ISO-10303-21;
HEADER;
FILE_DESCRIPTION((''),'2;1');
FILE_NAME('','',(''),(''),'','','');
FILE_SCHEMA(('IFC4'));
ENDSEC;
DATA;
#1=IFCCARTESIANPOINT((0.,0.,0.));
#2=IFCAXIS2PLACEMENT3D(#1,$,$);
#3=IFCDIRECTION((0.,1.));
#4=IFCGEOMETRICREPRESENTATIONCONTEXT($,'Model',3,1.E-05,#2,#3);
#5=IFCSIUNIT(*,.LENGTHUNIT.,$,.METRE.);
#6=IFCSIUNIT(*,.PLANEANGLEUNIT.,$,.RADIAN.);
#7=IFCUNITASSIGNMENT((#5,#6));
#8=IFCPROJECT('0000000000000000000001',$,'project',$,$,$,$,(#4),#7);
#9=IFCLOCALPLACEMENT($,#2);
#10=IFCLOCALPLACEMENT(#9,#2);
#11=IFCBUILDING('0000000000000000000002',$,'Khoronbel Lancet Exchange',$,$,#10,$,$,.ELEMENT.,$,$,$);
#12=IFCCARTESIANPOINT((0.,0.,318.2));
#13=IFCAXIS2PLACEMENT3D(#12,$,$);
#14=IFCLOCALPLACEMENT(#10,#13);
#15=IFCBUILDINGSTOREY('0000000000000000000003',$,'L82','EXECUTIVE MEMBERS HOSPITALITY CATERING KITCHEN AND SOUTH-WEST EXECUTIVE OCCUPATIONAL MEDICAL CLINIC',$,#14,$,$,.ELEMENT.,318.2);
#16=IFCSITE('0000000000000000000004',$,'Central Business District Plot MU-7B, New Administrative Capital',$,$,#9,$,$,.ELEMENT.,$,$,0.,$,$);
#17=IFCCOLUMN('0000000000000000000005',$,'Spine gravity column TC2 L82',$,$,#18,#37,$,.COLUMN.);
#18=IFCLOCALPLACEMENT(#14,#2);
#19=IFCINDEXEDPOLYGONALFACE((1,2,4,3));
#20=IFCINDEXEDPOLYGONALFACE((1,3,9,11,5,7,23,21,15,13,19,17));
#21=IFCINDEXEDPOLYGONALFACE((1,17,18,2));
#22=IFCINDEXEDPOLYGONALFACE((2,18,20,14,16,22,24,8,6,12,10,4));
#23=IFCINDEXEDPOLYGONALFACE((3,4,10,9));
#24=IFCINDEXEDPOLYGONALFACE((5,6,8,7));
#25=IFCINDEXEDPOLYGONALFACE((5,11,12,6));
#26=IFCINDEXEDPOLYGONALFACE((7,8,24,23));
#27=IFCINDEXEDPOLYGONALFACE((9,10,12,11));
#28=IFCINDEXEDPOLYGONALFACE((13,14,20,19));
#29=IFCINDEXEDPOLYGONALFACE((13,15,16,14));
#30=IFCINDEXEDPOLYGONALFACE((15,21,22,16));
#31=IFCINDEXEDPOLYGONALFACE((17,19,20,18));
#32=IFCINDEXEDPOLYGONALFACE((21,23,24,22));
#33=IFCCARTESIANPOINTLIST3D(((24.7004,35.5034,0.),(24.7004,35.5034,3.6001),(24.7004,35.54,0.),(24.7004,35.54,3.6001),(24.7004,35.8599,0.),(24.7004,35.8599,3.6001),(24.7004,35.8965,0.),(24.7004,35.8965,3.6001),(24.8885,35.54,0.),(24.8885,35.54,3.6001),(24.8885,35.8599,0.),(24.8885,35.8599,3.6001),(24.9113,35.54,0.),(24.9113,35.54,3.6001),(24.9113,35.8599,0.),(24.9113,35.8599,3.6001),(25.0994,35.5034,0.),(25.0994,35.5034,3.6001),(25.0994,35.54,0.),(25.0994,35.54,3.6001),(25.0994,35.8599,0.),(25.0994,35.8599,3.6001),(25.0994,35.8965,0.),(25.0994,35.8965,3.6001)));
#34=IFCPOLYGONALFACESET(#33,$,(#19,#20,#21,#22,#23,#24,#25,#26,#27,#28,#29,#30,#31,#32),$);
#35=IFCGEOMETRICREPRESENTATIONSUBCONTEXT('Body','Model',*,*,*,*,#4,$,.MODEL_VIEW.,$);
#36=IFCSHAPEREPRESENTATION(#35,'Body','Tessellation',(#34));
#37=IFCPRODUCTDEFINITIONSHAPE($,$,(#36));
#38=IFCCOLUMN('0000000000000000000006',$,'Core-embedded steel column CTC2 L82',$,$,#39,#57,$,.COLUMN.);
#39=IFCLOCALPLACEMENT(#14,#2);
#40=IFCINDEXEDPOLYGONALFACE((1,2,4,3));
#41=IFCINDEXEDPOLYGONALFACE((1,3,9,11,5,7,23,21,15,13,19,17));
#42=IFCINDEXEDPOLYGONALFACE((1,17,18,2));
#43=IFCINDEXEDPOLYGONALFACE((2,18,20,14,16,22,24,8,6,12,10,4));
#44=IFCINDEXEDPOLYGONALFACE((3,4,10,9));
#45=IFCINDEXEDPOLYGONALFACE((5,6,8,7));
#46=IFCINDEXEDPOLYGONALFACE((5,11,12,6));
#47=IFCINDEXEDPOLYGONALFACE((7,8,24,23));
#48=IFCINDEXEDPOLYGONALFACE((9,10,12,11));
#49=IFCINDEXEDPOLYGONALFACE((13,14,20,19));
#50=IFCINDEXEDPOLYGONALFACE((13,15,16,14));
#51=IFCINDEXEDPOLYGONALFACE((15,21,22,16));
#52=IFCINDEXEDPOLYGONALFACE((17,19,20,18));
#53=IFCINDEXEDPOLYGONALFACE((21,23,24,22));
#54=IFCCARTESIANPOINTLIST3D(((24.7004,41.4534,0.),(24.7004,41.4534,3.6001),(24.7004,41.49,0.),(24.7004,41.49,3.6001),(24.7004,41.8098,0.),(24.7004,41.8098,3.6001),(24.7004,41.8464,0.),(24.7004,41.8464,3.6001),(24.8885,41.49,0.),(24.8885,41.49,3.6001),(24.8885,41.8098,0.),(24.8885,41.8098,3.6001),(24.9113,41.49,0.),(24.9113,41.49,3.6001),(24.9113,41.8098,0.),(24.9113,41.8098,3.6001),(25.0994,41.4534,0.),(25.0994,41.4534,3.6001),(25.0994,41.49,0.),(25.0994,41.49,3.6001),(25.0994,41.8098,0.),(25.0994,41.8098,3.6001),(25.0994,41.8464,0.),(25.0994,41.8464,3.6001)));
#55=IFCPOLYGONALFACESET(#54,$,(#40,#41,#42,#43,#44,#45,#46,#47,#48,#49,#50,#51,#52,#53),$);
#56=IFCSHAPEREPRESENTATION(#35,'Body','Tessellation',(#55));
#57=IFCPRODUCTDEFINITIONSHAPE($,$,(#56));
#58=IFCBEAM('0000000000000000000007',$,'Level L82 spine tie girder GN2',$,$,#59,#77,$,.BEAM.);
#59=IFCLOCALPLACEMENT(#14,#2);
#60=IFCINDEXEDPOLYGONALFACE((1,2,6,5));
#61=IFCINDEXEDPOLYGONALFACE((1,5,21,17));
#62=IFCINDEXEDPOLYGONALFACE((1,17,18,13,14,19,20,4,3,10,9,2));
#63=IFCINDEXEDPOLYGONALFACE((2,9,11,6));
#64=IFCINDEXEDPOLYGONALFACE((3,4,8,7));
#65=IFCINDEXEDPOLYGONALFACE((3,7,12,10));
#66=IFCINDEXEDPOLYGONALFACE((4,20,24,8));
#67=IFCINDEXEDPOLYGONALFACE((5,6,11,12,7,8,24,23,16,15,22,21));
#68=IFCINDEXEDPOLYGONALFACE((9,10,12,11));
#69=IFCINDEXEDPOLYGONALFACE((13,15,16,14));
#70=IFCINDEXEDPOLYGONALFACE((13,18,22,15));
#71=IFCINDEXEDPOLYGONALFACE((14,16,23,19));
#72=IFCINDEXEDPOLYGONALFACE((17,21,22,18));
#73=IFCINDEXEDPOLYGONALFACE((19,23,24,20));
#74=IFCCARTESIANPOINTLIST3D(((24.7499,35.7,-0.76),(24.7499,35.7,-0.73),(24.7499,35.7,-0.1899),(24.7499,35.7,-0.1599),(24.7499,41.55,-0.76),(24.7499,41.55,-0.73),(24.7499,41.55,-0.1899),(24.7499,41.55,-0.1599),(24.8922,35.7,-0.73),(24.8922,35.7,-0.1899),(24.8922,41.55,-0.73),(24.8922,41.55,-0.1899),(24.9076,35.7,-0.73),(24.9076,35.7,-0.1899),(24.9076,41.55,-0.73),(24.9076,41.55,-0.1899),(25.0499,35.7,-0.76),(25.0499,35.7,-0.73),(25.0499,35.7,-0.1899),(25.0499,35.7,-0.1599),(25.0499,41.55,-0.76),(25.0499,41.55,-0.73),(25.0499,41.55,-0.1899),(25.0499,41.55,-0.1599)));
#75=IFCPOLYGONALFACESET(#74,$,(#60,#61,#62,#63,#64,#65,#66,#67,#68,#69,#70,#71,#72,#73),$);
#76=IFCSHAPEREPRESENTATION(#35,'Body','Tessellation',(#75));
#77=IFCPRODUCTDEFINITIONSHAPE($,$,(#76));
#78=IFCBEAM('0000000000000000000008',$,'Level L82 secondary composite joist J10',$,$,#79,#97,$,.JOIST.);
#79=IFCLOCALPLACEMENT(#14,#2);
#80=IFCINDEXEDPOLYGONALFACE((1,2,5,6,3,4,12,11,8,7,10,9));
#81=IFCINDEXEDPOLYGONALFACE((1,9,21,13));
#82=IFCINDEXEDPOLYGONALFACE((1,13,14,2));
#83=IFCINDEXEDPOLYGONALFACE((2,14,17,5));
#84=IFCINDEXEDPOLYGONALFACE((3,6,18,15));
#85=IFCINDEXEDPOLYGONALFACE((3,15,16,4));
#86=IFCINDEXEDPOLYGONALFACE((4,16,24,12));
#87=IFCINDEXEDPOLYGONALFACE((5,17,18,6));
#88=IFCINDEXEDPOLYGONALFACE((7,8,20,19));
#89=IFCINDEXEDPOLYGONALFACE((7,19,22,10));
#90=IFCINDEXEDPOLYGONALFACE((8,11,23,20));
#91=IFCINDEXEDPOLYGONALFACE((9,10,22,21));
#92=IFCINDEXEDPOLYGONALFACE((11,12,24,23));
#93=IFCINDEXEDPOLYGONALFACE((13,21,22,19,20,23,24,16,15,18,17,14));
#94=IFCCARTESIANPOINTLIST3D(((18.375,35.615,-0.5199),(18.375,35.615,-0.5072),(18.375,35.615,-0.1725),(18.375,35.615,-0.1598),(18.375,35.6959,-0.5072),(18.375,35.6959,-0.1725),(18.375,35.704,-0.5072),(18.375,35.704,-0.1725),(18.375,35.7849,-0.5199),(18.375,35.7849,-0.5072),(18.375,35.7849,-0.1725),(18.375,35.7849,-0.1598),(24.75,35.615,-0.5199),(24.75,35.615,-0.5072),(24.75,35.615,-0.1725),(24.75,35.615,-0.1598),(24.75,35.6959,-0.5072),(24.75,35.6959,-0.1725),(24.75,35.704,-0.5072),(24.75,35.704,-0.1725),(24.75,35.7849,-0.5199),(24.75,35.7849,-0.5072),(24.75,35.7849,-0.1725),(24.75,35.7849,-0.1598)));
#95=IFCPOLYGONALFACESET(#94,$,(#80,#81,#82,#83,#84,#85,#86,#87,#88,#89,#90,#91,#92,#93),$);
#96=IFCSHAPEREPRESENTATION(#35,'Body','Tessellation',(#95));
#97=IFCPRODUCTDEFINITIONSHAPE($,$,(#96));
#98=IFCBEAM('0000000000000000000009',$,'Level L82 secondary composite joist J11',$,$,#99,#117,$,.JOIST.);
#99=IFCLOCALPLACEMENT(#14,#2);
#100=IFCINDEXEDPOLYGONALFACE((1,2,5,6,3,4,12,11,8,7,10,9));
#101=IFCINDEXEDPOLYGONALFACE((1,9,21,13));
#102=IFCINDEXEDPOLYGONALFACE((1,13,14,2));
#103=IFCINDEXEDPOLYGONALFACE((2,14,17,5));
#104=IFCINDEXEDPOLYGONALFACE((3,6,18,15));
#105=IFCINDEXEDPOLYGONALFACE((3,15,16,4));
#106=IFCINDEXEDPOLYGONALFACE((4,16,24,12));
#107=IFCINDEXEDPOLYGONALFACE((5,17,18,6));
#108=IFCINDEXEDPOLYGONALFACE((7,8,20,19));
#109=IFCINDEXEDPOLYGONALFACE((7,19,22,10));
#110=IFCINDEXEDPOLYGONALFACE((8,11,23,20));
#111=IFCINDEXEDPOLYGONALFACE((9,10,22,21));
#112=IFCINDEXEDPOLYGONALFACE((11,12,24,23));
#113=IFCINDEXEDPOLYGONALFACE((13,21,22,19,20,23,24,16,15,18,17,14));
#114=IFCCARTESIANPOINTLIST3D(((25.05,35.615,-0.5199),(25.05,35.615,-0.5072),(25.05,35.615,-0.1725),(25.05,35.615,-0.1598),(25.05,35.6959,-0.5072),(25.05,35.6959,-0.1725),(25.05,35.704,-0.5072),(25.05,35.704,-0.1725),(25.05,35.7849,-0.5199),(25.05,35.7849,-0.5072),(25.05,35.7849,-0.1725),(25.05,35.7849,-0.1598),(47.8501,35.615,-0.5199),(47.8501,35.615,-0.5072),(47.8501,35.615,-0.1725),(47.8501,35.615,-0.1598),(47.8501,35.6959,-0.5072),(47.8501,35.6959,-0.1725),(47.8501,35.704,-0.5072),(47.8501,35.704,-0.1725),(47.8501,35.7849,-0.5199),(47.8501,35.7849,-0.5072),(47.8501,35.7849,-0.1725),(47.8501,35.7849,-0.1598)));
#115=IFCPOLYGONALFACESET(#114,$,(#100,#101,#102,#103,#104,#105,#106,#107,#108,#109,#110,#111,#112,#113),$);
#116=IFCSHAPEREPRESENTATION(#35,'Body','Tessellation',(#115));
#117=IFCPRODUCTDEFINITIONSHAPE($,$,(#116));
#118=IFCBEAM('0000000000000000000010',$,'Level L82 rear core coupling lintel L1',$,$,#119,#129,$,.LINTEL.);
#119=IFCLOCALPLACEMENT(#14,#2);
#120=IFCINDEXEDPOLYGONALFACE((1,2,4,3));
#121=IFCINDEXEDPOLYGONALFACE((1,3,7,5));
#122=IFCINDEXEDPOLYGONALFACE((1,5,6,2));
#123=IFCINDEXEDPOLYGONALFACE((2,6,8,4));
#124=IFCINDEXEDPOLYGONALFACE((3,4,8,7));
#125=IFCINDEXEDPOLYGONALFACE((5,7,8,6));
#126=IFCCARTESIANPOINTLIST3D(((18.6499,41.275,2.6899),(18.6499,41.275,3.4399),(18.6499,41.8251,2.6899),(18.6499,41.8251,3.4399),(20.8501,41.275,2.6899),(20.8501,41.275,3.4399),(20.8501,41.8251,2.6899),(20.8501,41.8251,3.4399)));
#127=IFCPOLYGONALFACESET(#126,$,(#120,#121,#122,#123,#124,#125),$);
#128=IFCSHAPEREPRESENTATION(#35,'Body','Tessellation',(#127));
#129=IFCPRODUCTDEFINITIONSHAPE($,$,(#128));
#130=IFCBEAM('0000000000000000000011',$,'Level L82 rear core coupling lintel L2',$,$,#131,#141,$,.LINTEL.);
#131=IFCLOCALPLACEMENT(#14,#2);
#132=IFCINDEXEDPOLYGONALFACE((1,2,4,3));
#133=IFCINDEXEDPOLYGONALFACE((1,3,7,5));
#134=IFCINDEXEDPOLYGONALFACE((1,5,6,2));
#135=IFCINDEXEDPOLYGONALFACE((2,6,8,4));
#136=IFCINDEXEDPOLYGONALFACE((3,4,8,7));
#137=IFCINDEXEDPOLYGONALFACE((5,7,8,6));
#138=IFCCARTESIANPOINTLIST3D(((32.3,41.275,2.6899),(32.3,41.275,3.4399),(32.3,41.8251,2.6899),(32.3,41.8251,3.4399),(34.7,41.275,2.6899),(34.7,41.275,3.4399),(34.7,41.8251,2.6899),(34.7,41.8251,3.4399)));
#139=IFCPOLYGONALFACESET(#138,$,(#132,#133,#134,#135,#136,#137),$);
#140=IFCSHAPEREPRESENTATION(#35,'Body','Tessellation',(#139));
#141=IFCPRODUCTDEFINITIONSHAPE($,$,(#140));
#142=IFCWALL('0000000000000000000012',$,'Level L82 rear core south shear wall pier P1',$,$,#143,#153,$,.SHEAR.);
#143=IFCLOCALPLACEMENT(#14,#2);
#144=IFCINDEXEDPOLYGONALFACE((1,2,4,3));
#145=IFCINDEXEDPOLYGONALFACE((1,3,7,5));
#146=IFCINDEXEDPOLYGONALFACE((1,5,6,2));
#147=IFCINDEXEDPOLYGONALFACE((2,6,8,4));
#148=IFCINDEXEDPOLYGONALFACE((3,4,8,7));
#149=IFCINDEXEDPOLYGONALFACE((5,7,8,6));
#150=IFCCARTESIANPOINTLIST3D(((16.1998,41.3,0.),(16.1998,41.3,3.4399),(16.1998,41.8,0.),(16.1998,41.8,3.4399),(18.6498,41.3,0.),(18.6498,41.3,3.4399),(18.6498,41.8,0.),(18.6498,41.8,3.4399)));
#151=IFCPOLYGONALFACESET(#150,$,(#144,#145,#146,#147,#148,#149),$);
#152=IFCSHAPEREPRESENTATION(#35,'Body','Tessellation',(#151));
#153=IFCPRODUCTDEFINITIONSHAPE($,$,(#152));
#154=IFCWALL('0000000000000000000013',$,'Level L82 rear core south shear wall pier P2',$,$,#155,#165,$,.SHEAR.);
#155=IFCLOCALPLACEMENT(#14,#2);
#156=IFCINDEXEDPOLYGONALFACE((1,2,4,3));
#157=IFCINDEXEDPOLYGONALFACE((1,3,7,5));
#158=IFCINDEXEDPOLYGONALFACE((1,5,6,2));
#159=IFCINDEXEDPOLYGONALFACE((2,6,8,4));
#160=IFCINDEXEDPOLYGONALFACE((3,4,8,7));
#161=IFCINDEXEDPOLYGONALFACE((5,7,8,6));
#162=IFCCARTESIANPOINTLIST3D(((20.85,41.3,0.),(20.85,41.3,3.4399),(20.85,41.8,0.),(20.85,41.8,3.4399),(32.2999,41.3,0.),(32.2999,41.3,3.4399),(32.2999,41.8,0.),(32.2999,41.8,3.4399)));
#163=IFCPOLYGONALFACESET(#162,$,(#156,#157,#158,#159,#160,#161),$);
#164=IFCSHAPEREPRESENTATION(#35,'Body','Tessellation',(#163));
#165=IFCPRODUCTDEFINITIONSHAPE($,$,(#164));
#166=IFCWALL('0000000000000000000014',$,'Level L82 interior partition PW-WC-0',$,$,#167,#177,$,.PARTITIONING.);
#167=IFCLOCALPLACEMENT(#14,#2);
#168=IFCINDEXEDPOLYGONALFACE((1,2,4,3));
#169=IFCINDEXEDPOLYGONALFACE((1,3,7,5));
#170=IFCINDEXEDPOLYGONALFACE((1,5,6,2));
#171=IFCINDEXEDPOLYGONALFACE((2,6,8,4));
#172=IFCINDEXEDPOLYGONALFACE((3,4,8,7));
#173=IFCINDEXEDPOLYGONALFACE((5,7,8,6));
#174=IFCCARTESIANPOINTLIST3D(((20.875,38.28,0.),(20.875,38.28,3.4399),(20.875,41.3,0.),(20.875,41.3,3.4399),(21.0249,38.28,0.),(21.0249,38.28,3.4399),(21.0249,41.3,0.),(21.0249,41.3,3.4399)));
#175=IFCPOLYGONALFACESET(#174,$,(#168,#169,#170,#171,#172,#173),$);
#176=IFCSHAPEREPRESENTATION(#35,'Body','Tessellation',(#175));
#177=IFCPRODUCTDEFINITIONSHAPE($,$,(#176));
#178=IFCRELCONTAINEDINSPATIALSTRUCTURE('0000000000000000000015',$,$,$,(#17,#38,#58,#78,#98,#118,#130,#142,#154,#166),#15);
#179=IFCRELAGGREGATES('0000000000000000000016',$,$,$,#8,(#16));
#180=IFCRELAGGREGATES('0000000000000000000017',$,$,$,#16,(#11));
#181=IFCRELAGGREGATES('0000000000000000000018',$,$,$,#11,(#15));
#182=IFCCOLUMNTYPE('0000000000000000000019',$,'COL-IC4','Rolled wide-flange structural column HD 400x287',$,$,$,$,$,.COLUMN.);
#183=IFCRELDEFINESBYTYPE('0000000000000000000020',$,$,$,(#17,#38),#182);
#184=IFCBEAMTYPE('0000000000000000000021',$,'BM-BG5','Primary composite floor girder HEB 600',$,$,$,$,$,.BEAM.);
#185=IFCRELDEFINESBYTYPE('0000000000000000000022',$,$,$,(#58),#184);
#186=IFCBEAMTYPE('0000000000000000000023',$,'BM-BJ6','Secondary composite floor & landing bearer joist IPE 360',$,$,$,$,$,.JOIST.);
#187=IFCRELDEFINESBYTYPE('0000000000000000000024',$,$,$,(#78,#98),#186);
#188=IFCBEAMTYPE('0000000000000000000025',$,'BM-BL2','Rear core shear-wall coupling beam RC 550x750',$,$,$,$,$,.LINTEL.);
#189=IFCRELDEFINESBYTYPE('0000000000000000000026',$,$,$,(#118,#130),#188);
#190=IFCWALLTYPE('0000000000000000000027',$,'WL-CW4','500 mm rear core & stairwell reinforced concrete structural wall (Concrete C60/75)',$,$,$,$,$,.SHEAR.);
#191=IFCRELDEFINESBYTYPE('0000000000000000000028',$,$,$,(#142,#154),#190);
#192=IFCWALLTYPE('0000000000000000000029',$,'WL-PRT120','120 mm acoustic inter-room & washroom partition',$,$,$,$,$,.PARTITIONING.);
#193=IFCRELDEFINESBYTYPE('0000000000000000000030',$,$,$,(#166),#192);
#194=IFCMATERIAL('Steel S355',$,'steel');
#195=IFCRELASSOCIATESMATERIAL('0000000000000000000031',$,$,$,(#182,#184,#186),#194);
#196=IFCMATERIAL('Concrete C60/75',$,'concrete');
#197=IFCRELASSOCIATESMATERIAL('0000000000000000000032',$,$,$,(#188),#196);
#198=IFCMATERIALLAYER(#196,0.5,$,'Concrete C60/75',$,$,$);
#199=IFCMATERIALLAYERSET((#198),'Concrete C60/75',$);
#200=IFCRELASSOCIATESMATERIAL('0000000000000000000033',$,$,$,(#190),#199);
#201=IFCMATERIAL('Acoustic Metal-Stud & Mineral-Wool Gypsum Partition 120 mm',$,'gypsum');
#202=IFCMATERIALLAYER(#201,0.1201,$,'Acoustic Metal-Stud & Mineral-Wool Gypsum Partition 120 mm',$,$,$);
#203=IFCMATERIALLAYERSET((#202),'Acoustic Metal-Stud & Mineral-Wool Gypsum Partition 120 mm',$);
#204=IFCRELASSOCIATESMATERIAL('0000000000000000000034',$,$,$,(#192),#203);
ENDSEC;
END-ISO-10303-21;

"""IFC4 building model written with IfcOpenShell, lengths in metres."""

from ifc_helpers import new_model, si_unit, direction, frame, frame_2d, origin, origin_2d, place, context, subcontext, project, spatial, rectangle, i_section, extrude, material, layer, layer_set, material_profile, profile_set, type_object, element, save


model = new_model("IFC4")

# Units and contexts
model_context = context("Model", 3, precision=1e-05, world=origin(), true_north=direction((0.0, 1.0)))
body_context = subcontext(model_context, "Body", "Model", "MODEL_VIEW")
ifc_project = project(units=[si_unit("LENGTHUNIT", "METRE"), si_unit("PLANEANGLEUNIT", "RADIAN")], contexts=[model_context])

# Site, building, storey
site_placement = place(None, origin())
site = spatial("IfcSite", under=ifc_project, at=site_placement, Name="Central Business District Plot MU-7B, New Administrative Capital", CompositionType="ELEMENT", RefElevation=0.0)
building_placement = place(site_placement, origin())
building = spatial("IfcBuilding", under=site, at=building_placement, Name="Khoronbel Lancet Exchange", CompositionType="ELEMENT")
storey_placement = place(building_placement, frame((0.0, 0.0, 318.2)))
storey = spatial("IfcBuildingStorey", under=building, at=storey_placement, Name="L82", Description="EXECUTIVE MEMBERS HOSPITALITY CATERING KITCHEN AND SOUTH-WEST EXECUTIVE OCCUPATIONAL MEDICAL CLINIC", CompositionType="ELEMENT", Elevation=318.2)

# Columns
ifc_material_1 = material(Name="Steel S355", Category="steel")
ifc_material_profile_1 = material_profile(ifc_material_1, i_section(OverallWidth=0.3989, OverallDepth=0.3931, WebThickness=0.0227, FlangeThickness=0.0366, at=origin_2d()), Name="HD 400x287")
ifc_profile_set_1 = profile_set([ifc_material_profile_1], Name="Steel S355")
column_type = type_object("IfcColumnType", Name="COL-IC4", Description="Rolled wide-flange structural column HD 400x287", PredefinedType="COLUMN", material=ifc_profile_set_1)
for number, where, z_axis, x_axis, name in (
    (1, (24.8999, 35.7, 0.0), (0.0, 0.0, 1.0), (1.0, 0.0, 0.0), "Spine gravity column TC2 L82"),
    (2, (24.8999, 41.6499, 0.0), (0.0, 0.0, 1.0), (1.0, 0.0, 0.0), "Core-embedded steel column CTC2 L82"),
):
    element("IfcColumn", number, at=place(storey_placement, frame(where, z_axis=z_axis, x_axis=x_axis)), inside=storey, type_object=column_type, Name=name, PredefinedType="COLUMN", context=body_context, shape_type="SweptSolid", body=[
        extrude(i_section(OverallWidth=0.3989, OverallDepth=0.3931, WebThickness=0.0227, FlangeThickness=0.0366, at=origin_2d()), origin(), (0.0, 0.0, 1.0), 3.6001),
    ])

# Beams
ifc_material_profile_2 = material_profile(ifc_material_1, i_section(OverallWidth=0.3, OverallDepth=0.6001, WebThickness=0.0154, FlangeThickness=0.03, at=origin_2d()), Name="HEB 600")
ifc_profile_set_2 = profile_set([ifc_material_profile_2], Name="Steel S355")
beam_type_1 = type_object("IfcBeamType", Name="BM-BG5", Description="Primary composite floor girder HEB 600", PredefinedType="BEAM", material=ifc_profile_set_2)
beam_1_placement = place(storey_placement, frame((24.8999, 35.7, -0.46), z_axis=(0.0, 1.0, 0.0), x_axis=(-1.0, 0.0, 0.0)))
element("IfcBeam", 3, at=beam_1_placement, inside=storey, type_object=beam_type_1, Name="Level L82 spine tie girder GN2", PredefinedType="BEAM", context=body_context, shape_type="SweptSolid", body=[
    extrude(i_section(OverallWidth=0.3, OverallDepth=0.6001, WebThickness=0.0154, FlangeThickness=0.03, at=origin_2d()), origin(), (0.0, 0.0, 1.0), 5.8501),
])
ifc_material_profile_3 = material_profile(ifc_material_1, i_section(OverallWidth=0.1699, OverallDepth=0.3601, WebThickness=0.0081, FlangeThickness=0.0127, at=origin_2d()), Name="IPE 360")
ifc_profile_set_3 = profile_set([ifc_material_profile_3], Name="Steel S355")
beam_type_2 = type_object("IfcBeamType", Name="BM-BJ6", Description="Secondary composite floor & landing bearer joist IPE 360", PredefinedType="JOIST", material=ifc_profile_set_3)
beam_2_placement = place(storey_placement, frame((18.375, 35.7, -0.3398), z_axis=(1.0, 0.0, 0.0), x_axis=(0.0, 1.0, 0.0)))
element("IfcBeam", 4, at=beam_2_placement, inside=storey, type_object=beam_type_2, Name="Level L82 secondary composite joist J10", PredefinedType="JOIST", context=body_context, shape_type="SweptSolid", body=[
    extrude(i_section(OverallWidth=0.1699, OverallDepth=0.3601, WebThickness=0.0081, FlangeThickness=0.0127, at=origin_2d()), origin(), (0.0, 0.0, 1.0), 6.375),
])
beam_3_placement = place(storey_placement, frame((25.05, 35.7, -0.3398), z_axis=(1.0, 0.0, 0.0), x_axis=(0.0, 1.0, 0.0)))
element("IfcBeam", 5, at=beam_3_placement, inside=storey, type_object=beam_type_2, Name="Level L82 secondary composite joist J11", PredefinedType="JOIST", context=body_context, shape_type="SweptSolid", body=[
    extrude(i_section(OverallWidth=0.1699, OverallDepth=0.3601, WebThickness=0.0081, FlangeThickness=0.0127, at=origin_2d()), origin(), (0.0, 0.0, 1.0), 22.8),
])
ifc_material_2 = material(Name="Concrete C60/75", Category="concrete")
ifc_material_profile_4 = material_profile(ifc_material_2, rectangle(XDim=0.55, YDim=0.75, at=origin_2d()), Name="RC 550x750")
ifc_profile_set_4 = profile_set([ifc_material_profile_4], Name="Concrete C60/75")
beam_type_3 = type_object("IfcBeamType", Name="BM-BL2", Description="Rear core shear-wall coupling beam RC 550x750", PredefinedType="LINTEL", material=ifc_profile_set_4)
beam_4_placement = place(storey_placement, frame((18.6499, 41.55, 3.0649), z_axis=(1.0, 0.0, 0.0), x_axis=(0.0, 1.0, 0.0)))
element("IfcBeam", 6, at=beam_4_placement, inside=storey, type_object=beam_type_3, Name="Level L82 rear core coupling lintel L1", PredefinedType="LINTEL", context=body_context, shape_type="SweptSolid", body=[
    extrude(rectangle(XDim=0.55, YDim=0.75, at=origin_2d()), origin(), (0.0, 0.0, 1.0), 2.2002),
])
beam_5_placement = place(storey_placement, frame((32.3, 41.55, 3.0649), z_axis=(1.0, 0.0, 0.0), x_axis=(0.0, 1.0, 0.0)))
element("IfcBeam", 7, at=beam_5_placement, inside=storey, type_object=beam_type_3, Name="Level L82 rear core coupling lintel L2", PredefinedType="LINTEL", context=body_context, shape_type="SweptSolid", body=[
    extrude(rectangle(XDim=0.55, YDim=0.75, at=origin_2d()), origin(), (0.0, 0.0, 1.0), 2.3999),
])

# Walls
ifc_layer_1 = layer(ifc_material_2, 0.5, Name="Concrete C60/75")
ifc_layer_set_1 = layer_set([ifc_layer_1], Name="Concrete C60/75")
wall_type_1 = type_object("IfcWallType", Name="WL-CW4", Description="500 mm rear core & stairwell reinforced concrete structural wall (Concrete C60/75)", PredefinedType="SHEAR", material=ifc_layer_set_1)
wall_1_placement = place(storey_placement, frame((18.6499, 41.55, 0.0), z_axis=(0.0, 0.0, 1.0), x_axis=(-1.0, 0.0, 0.0)))
element("IfcWall", 8, at=wall_1_placement, inside=storey, type_object=wall_type_1, Name="Level L82 rear core south shear wall pier P1", PredefinedType="SHEAR", context=body_context, shape_type="SweptSolid", body=[
    extrude(rectangle(XDim=2.45, YDim=0.5, at=frame_2d((1.2251, 0.0))), origin(), (0.0, 0.0, 1.0), 3.4399),
])
wall_2_placement = place(storey_placement, frame((32.3, 41.55, 0.0), z_axis=(0.0, 0.0, 1.0), x_axis=(-1.0, 0.0, 0.0)))
element("IfcWall", 9, at=wall_2_placement, inside=storey, type_object=wall_type_1, Name="Level L82 rear core south shear wall pier P2", PredefinedType="SHEAR", context=body_context, shape_type="SweptSolid", body=[
    extrude(rectangle(XDim=11.45, YDim=0.5, at=frame_2d((5.7251, 0.0))), origin(), (0.0, 0.0, 1.0), 3.4399),
])
ifc_material_3 = material(Name="Acoustic Metal-Stud & Mineral-Wool Gypsum Partition 120 mm", Category="gypsum")
ifc_layer_2 = layer(ifc_material_3, 0.1201, Name="Acoustic Metal-Stud & Mineral-Wool Gypsum Partition 120 mm")
ifc_layer_set_2 = layer_set([ifc_layer_2], Name="Acoustic Metal-Stud & Mineral-Wool Gypsum Partition 120 mm")
wall_type_2 = type_object("IfcWallType", Name="WL-PRT120", Description="120 mm acoustic inter-room & washroom partition", PredefinedType="PARTITIONING", material=ifc_layer_set_2)
wall_3_placement = place(storey_placement, frame((20.95, 38.28, 0.0), z_axis=(0.0, 0.0, 1.0), x_axis=(0.0, 1.0, 0.0)))
element("IfcWall", 10, at=wall_3_placement, inside=storey, type_object=wall_type_2, Name="Level L82 interior partition PW-WC-0", PredefinedType="PARTITIONING", context=body_context, shape_type="SweptSolid", body=[
    extrude(rectangle(XDim=3.02, YDim=0.1499, at=frame_2d((1.51, 0.0))), origin(), (0.0, 0.0, 1.0), 3.4399),
])

save(model, "model.ifc")
